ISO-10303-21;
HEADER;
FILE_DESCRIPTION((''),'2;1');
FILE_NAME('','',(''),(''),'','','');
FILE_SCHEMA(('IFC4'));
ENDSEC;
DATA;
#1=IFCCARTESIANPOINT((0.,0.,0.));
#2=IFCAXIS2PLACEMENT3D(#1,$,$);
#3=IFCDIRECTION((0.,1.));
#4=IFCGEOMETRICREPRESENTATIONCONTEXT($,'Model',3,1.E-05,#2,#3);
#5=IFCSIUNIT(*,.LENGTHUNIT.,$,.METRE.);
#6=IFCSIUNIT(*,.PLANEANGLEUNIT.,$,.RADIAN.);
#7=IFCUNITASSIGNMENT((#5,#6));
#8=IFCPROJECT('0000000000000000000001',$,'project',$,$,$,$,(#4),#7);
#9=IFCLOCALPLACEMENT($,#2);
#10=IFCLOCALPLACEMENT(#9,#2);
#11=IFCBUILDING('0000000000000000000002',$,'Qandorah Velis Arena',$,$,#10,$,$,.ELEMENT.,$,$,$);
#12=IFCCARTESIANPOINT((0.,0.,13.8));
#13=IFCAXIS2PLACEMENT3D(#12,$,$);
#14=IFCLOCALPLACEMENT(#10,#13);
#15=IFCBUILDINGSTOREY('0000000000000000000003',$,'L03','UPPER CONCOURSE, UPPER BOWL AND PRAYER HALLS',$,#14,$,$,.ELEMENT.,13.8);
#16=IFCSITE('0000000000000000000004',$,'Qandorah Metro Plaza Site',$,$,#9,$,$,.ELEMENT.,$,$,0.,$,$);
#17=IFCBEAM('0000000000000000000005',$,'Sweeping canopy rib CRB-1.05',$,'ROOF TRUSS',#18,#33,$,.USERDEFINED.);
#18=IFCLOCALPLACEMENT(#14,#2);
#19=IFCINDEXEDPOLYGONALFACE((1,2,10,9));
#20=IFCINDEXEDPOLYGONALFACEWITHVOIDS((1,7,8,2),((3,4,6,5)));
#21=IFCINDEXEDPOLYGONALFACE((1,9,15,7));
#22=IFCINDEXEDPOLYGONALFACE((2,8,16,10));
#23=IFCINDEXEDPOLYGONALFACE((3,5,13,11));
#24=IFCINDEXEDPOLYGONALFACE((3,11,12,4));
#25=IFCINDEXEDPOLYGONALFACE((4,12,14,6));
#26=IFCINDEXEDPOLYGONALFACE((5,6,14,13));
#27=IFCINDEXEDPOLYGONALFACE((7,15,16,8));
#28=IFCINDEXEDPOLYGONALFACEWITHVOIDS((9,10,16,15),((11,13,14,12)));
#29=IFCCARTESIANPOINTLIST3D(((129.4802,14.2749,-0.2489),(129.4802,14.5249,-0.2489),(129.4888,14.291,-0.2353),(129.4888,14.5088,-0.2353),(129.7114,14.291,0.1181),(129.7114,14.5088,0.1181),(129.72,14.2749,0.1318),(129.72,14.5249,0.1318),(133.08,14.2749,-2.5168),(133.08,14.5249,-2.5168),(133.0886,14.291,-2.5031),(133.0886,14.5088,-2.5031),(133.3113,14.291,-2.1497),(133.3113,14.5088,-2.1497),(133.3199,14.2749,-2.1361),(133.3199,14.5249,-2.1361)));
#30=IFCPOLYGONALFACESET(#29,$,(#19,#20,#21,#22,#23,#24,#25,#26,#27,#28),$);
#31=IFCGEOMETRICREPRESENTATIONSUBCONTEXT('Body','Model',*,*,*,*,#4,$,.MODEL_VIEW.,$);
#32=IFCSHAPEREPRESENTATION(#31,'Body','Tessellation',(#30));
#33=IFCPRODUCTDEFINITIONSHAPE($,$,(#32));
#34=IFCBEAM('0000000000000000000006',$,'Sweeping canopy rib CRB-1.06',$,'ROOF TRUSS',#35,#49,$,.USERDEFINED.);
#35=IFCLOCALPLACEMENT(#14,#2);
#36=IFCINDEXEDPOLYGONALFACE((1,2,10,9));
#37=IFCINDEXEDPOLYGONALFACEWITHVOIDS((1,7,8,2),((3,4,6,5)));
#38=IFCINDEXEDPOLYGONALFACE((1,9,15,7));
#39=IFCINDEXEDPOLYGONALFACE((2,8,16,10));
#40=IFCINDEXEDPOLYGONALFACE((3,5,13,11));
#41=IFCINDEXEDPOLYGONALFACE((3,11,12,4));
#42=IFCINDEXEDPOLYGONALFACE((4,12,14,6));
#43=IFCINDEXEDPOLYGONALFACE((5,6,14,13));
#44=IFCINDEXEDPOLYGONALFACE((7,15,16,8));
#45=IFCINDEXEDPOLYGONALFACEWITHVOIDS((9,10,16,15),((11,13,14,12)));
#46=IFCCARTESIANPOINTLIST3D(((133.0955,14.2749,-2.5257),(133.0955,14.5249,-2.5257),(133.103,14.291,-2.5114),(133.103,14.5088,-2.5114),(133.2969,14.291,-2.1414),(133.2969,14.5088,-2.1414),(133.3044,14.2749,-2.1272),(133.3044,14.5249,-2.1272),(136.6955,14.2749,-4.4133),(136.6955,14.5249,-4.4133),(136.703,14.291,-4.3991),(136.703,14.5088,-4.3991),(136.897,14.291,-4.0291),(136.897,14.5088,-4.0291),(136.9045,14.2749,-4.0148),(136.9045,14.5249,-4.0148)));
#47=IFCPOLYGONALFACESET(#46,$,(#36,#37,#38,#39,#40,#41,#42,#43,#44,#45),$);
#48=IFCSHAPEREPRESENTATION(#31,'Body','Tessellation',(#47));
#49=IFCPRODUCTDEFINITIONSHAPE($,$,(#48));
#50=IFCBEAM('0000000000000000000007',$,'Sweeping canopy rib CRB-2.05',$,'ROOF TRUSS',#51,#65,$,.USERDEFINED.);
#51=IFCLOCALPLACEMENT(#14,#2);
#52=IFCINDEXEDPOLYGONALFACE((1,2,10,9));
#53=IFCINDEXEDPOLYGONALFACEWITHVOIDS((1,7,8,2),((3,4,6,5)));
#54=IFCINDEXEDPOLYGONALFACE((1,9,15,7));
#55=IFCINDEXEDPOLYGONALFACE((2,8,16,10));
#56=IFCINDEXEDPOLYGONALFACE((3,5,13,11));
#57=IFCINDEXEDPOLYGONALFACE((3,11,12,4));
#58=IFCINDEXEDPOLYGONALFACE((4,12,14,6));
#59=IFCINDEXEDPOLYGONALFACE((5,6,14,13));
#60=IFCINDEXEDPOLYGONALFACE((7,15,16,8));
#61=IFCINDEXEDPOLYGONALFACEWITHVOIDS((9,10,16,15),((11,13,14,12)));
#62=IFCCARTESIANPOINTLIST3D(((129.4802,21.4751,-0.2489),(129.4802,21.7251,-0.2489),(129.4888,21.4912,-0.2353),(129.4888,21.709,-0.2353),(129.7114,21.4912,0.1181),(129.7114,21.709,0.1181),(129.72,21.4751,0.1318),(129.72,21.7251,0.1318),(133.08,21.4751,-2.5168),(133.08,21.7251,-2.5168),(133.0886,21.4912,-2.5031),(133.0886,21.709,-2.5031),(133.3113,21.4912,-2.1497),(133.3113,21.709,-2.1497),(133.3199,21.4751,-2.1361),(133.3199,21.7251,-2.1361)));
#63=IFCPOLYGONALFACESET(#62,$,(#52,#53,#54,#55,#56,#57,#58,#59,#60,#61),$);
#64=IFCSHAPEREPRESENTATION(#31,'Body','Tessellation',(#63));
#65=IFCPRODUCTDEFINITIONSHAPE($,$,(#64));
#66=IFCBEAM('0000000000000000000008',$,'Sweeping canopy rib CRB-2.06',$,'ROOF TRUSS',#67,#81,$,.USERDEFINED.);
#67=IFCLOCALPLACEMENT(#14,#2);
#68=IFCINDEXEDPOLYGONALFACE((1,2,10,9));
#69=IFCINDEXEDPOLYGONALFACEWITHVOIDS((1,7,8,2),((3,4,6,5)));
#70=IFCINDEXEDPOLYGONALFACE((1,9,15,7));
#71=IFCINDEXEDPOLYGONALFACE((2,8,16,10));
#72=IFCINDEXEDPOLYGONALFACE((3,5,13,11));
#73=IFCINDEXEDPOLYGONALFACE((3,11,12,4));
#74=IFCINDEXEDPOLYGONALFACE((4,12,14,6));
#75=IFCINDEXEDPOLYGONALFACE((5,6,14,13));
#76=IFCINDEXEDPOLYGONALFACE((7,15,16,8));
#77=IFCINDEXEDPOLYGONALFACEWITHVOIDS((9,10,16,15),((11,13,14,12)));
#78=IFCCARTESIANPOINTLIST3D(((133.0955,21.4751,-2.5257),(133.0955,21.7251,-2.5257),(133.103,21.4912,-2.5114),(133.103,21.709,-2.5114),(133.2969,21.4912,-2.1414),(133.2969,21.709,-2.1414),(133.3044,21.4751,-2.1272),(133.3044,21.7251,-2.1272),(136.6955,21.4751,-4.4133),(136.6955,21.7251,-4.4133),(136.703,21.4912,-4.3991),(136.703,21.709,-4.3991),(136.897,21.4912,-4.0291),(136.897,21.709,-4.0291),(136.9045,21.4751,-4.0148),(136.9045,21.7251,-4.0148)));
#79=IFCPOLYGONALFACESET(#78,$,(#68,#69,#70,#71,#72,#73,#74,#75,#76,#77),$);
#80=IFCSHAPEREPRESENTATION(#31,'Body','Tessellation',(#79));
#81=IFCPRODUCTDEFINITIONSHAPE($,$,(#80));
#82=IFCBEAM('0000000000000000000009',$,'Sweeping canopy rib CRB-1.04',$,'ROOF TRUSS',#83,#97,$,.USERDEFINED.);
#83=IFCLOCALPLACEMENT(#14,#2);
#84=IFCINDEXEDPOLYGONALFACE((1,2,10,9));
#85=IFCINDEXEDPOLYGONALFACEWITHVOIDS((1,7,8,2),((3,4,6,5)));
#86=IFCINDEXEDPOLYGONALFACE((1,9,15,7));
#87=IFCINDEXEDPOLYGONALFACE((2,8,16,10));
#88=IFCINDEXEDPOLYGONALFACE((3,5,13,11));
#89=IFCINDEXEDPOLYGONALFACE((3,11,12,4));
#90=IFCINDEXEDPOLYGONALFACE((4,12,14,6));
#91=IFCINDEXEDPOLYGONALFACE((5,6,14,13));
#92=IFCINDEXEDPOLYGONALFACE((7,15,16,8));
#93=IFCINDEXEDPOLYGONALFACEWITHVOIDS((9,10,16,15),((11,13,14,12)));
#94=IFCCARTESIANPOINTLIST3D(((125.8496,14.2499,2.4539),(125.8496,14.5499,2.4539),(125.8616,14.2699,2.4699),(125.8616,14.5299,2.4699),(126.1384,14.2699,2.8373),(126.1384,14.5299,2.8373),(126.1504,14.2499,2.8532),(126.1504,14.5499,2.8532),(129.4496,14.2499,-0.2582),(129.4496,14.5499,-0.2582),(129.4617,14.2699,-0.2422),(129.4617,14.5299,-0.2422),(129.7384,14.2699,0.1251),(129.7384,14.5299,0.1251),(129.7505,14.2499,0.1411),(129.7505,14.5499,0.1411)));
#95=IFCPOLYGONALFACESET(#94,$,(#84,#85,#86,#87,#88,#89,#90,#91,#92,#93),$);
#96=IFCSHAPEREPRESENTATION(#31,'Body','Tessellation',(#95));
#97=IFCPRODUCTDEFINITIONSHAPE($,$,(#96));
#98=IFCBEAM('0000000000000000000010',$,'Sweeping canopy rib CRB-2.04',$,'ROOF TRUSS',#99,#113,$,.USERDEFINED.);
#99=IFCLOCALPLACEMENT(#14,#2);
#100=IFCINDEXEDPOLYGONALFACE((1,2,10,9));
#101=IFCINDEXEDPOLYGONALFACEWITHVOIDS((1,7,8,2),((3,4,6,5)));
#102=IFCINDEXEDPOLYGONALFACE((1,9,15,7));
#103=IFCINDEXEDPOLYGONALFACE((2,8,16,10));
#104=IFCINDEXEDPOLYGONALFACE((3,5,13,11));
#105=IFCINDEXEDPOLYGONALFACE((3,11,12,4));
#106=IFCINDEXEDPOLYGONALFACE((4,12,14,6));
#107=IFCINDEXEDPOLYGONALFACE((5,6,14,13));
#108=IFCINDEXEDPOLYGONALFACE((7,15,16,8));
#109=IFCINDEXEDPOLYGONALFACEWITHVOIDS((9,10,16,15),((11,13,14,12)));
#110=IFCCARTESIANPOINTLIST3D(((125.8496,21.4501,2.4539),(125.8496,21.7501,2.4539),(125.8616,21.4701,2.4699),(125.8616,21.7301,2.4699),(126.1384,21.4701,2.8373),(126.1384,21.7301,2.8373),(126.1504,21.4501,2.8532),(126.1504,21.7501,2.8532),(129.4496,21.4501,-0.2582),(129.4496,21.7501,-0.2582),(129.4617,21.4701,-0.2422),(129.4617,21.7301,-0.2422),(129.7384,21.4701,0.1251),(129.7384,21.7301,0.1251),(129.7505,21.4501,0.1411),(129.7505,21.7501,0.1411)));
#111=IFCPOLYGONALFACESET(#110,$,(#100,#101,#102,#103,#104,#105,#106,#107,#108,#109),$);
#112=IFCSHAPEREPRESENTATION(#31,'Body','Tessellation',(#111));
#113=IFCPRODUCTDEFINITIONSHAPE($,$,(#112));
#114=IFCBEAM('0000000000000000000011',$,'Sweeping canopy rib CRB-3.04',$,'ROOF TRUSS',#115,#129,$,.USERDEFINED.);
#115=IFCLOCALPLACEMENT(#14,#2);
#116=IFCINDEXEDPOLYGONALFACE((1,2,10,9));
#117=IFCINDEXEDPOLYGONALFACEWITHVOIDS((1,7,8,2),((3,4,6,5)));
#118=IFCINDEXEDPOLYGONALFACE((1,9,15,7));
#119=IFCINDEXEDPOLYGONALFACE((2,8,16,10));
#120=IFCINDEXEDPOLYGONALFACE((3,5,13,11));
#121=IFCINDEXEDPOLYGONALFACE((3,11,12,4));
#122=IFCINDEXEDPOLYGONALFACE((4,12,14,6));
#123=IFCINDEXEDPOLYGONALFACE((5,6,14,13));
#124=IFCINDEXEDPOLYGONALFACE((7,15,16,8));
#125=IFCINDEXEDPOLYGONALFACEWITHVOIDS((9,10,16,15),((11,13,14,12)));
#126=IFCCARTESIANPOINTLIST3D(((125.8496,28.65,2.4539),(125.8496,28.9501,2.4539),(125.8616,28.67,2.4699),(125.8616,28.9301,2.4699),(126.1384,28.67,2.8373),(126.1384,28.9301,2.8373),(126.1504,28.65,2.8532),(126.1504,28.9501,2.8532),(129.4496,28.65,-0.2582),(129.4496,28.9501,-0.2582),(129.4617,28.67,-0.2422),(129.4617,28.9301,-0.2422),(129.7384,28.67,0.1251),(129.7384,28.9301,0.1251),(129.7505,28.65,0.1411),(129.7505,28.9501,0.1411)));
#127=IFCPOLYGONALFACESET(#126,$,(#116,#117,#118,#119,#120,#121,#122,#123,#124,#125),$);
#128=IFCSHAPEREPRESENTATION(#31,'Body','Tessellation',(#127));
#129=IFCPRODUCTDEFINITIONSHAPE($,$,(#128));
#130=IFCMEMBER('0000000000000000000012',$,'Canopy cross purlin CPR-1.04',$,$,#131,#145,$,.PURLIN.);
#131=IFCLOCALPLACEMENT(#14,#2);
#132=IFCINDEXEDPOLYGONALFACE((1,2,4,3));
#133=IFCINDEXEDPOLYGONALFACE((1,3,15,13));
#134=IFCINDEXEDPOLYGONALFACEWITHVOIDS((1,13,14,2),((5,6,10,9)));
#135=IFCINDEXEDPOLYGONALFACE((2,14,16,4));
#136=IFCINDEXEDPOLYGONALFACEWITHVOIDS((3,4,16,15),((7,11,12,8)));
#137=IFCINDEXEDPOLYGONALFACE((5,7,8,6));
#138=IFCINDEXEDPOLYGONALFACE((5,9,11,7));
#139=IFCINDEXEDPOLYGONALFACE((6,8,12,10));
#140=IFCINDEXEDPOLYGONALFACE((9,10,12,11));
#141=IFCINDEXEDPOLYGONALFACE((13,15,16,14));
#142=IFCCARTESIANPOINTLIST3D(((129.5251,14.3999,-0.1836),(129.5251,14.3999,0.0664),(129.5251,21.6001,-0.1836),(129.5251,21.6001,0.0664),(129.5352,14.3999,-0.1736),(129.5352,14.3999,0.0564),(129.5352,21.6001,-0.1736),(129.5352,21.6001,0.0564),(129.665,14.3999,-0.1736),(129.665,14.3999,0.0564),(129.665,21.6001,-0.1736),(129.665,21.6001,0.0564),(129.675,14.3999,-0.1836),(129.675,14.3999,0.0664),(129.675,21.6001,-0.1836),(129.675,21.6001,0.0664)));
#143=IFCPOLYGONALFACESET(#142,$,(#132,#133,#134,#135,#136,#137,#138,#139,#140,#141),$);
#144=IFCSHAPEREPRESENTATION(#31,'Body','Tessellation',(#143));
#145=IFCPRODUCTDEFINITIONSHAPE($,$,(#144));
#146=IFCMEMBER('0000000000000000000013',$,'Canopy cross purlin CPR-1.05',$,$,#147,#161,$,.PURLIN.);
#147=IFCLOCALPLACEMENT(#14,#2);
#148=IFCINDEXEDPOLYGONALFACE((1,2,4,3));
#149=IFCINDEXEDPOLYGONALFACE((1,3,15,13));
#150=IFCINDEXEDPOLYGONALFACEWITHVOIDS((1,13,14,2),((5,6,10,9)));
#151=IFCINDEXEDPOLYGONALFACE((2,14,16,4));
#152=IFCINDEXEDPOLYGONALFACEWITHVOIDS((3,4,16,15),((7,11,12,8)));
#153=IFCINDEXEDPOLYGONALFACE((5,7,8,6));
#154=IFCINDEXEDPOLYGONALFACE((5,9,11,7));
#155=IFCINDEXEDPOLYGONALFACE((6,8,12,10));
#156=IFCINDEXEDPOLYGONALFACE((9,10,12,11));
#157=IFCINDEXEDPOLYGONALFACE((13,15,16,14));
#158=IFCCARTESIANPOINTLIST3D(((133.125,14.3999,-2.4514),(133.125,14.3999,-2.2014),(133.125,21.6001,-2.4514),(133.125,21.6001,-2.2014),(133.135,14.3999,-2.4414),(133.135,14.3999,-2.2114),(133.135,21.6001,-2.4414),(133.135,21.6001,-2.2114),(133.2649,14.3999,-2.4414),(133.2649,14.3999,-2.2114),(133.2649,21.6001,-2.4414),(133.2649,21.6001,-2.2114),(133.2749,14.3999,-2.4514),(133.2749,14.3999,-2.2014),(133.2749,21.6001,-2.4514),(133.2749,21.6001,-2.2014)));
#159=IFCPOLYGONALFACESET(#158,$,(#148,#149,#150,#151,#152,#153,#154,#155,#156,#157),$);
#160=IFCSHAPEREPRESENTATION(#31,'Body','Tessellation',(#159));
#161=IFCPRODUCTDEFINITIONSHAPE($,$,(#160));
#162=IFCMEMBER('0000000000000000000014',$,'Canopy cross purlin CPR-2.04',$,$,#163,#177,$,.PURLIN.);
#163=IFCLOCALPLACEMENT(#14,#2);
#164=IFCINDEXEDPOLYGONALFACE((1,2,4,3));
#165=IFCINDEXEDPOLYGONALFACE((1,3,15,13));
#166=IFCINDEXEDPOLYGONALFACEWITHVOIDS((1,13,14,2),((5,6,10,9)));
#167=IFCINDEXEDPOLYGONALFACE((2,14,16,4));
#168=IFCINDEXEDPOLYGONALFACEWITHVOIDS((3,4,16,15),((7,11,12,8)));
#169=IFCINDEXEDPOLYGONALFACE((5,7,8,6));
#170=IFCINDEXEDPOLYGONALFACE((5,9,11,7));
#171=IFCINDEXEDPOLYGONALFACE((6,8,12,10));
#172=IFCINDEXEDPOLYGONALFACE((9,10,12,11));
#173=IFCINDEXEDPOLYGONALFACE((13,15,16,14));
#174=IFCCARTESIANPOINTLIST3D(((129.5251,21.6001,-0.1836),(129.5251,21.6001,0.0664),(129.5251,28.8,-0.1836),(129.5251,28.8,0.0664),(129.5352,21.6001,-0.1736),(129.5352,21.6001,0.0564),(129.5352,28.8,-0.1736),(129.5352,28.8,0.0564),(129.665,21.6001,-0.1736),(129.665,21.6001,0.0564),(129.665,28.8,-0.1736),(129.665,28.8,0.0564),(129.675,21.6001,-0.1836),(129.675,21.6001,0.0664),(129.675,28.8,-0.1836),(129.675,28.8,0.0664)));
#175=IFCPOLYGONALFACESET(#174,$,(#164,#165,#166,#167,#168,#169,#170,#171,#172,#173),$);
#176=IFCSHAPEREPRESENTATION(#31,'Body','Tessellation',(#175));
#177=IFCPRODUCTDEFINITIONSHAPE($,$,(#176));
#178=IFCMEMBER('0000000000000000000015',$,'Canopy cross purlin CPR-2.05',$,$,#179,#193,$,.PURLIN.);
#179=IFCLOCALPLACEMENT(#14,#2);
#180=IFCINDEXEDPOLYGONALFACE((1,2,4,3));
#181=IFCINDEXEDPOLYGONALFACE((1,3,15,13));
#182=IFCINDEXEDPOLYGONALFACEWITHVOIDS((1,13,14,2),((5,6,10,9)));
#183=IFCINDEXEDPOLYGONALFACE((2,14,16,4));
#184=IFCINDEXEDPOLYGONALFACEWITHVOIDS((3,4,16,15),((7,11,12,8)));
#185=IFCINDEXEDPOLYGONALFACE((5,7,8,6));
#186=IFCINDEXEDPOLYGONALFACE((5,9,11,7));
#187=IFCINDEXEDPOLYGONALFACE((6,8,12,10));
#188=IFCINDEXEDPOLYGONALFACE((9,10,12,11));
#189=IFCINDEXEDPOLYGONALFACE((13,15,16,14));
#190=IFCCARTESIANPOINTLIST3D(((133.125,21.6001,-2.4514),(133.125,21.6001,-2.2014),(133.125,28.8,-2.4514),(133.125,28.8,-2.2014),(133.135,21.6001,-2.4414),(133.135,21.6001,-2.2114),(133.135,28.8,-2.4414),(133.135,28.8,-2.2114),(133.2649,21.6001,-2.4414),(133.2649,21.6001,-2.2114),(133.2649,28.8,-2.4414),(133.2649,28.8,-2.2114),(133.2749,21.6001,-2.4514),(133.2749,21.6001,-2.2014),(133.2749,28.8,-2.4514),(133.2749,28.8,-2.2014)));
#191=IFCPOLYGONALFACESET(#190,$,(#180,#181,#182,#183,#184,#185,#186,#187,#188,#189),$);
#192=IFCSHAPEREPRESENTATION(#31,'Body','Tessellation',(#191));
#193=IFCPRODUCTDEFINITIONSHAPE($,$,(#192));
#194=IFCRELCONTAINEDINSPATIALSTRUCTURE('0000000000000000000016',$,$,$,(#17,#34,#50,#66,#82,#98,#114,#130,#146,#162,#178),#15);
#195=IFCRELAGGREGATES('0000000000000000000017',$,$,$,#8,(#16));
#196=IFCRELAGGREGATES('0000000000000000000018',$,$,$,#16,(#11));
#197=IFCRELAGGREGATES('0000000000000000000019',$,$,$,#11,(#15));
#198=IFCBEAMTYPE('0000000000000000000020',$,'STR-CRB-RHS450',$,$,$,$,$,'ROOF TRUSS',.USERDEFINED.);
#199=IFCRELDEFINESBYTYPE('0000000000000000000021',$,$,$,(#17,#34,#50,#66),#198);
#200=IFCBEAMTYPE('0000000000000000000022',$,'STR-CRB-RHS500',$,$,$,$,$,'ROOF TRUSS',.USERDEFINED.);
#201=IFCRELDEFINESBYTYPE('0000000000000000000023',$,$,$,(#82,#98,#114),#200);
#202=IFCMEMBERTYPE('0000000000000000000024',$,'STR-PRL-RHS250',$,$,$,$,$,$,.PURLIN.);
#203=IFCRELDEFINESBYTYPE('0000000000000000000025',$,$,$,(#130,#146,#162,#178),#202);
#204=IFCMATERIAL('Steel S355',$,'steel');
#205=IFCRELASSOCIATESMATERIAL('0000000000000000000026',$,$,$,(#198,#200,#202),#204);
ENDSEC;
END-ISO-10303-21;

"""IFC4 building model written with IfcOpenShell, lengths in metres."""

from ifc_helpers import new_model, si_unit, direction, frame, origin, origin_2d, place, context, subcontext, project, spatial, hollow_rectangle, extrude, material, material_profile, profile_set, type_object, element, save


model = new_model("IFC4")

# Units and contexts
model_context = context("Model", 3, precision=1e-05, world=origin(), true_north=direction((0.0, 1.0)))
body_context = subcontext(model_context, "Body", "Model", "MODEL_VIEW")
ifc_project = project(units=[si_unit("LENGTHUNIT", "METRE"), si_unit("PLANEANGLEUNIT", "RADIAN")], contexts=[model_context])

# Site, building, storey
site_placement = place(None, origin())
site = spatial("IfcSite", under=ifc_project, at=site_placement, Name="Qandorah Metro Plaza Site", CompositionType="ELEMENT", RefElevation=0.0)
building_placement = place(site_placement, origin())
building = spatial("IfcBuilding", under=site, at=building_placement, Name="Qandorah Velis Arena", CompositionType="ELEMENT")
storey_placement = place(building_placement, frame((0.0, 0.0, 13.8)))
storey = spatial("IfcBuildingStorey", under=building, at=storey_placement, Name="L03", Description="UPPER CONCOURSE, UPPER BOWL AND PRAYER HALLS", CompositionType="ELEMENT", Elevation=13.8)

# Beams
ifc_material_1 = material(Name="Steel S355", Category="steel")
ifc_material_profile_1 = material_profile(ifc_material_1, hollow_rectangle(XDim=0.25, YDim=0.45, WallThickness=0.0161, at=origin_2d()), Name="RHS 450x250x16")
ifc_profile_set_1 = profile_set([ifc_material_profile_1], Name="Steel S355")
beam_type_1 = type_object("IfcBeamType", Name="STR-CRB-RHS450", ElementType="ROOF TRUSS", PredefinedType="USERDEFINED", material=ifc_profile_set_1)
beam_1_placement = place(storey_placement, frame((129.6001, 14.3999, -0.0586), z_axis=(0.846101, 0.0, -0.533023), x_axis=(0.0, 1.0, 0.0)))
element("IfcBeam", 1, at=beam_1_placement, inside=storey, type_object=beam_type_1, Name="Sweeping canopy rib CRB-1.05", ObjectType="ROOF TRUSS", PredefinedType="USERDEFINED", context=body_context, shape_type="SweptSolid", body=[
    extrude(hollow_rectangle(XDim=0.25, YDim=0.45, WallThickness=0.0161, at=origin_2d()), origin(), (0.0, 0.0, 1.0), 4.2546),
])
beam_2_placement = place(storey_placement, frame((133.2, 14.3999, -2.3264), z_axis=(0.885636, 0.0, -0.464379), x_axis=(0.0, 1.0, 0.0)))
element("IfcBeam", 2, at=beam_2_placement, inside=storey, type_object=beam_type_1, Name="Sweeping canopy rib CRB-1.06", ObjectType="ROOF TRUSS", PredefinedType="USERDEFINED", context=body_context, shape_type="SweptSolid", body=[
    extrude(hollow_rectangle(XDim=0.25, YDim=0.45, WallThickness=0.0161, at=origin_2d()), origin(), (0.0, 0.0, 1.0), 4.0649),
])
beam_3_placement = place(storey_placement, frame((129.6001, 21.6001, -0.0586), z_axis=(0.846101, 0.0, -0.533023), x_axis=(0.0, 1.0, 0.0)))
element("IfcBeam", 3, at=beam_3_placement, inside=storey, type_object=beam_type_1, Name="Sweeping canopy rib CRB-2.05", ObjectType="ROOF TRUSS", PredefinedType="USERDEFINED", context=body_context, shape_type="SweptSolid", body=[
    extrude(hollow_rectangle(XDim=0.25, YDim=0.45, WallThickness=0.0161, at=origin_2d()), origin(), (0.0, 0.0, 1.0), 4.2546),
])
beam_4_placement = place(storey_placement, frame((133.2, 21.6001, -2.3264), z_axis=(0.885636, 0.0, -0.464379), x_axis=(0.0, 1.0, 0.0)))
element("IfcBeam", 4, at=beam_4_placement, inside=storey, type_object=beam_type_1, Name="Sweeping canopy rib CRB-2.06", ObjectType="ROOF TRUSS", PredefinedType="USERDEFINED", context=body_context, shape_type="SweptSolid", body=[
    extrude(hollow_rectangle(XDim=0.25, YDim=0.45, WallThickness=0.0161, at=origin_2d()), origin(), (0.0, 0.0, 1.0), 4.0649),
])
ifc_material_profile_2 = material_profile(ifc_material_1, hollow_rectangle(XDim=0.3, YDim=0.5, WallThickness=0.02, at=origin_2d()), Name="RHS 500x300x20")
ifc_profile_set_2 = profile_set([ifc_material_profile_2], Name="Steel S355")
beam_type_2 = type_object("IfcBeamType", Name="STR-CRB-RHS500", ElementType="ROOF TRUSS", PredefinedType="USERDEFINED", material=ifc_profile_set_2)
for number, where, z_axis, x_axis, name in (
    (5, (126.0, 14.3999, 2.6536), (0.798711, 0.0, -0.601715), (0.0, 1.0, 0.0), "Sweeping canopy rib CRB-1.04"),
    (6, (126.0, 21.6001, 2.6536), (0.798711, 0.0, -0.601715), (0.0, 1.0, 0.0), "Sweeping canopy rib CRB-2.04"),
    (7, (126.0, 28.8, 2.6536), (0.798711, 0.0, -0.601715), (0.0, 1.0, 0.0), "Sweeping canopy rib CRB-3.04"),
):
    element("IfcBeam", number, at=place(storey_placement, frame(where, z_axis=z_axis, x_axis=x_axis)), inside=storey, type_object=beam_type_2, Name=name, ObjectType="ROOF TRUSS", PredefinedType="USERDEFINED", context=body_context, shape_type="SweptSolid", body=[
        extrude(hollow_rectangle(XDim=0.3, YDim=0.5, WallThickness=0.02, at=origin_2d()), origin(), (0.0, 0.0, 1.0), 4.5073),
    ])

# Members
ifc_material_profile_3 = material_profile(ifc_material_1, hollow_rectangle(XDim=0.1499, YDim=0.25, WallThickness=0.01, at=origin_2d()), Name="RHS 250x150x10")
ifc_profile_set_3 = profile_set([ifc_material_profile_3], Name="Steel S355")
member_type_1 = type_object("IfcMemberType", Name="STR-PRL-RHS250", PredefinedType="PURLIN", material=ifc_profile_set_3)
for number, where, z_axis, x_axis, name in (
    (8, (129.6001, 14.3999, -0.0586), (0.0, 1.0, 0.0), (-1.0, 0.0, 0.0), "Canopy cross purlin CPR-1.04"),
    (9, (133.2, 14.3999, -2.3264), (0.0, 1.0, 0.0), (-1.0, 0.0, 0.0), "Canopy cross purlin CPR-1.05"),
):
    element("IfcMember", number, at=place(storey_placement, frame(where, z_axis=z_axis, x_axis=x_axis)), inside=storey, type_object=member_type_1, Name=name, PredefinedType="PURLIN", context=body_context, shape_type="SweptSolid", body=[
        extrude(hollow_rectangle(XDim=0.1499, YDim=0.25, WallThickness=0.01, at=origin_2d()), origin(), (0.0, 0.0, 1.0), 7.2002),
    ])
for number, where, z_axis, x_axis, name in (
    (10, (129.6001, 21.6001, -0.0586), (0.0, 1.0, 0.0), (-1.0, 0.0, 0.0), "Canopy cross purlin CPR-2.04"),
    (11, (133.2, 21.6001, -2.3264), (0.0, 1.0, 0.0), (-1.0, 0.0, 0.0), "Canopy cross purlin CPR-2.05"),
):
    element("IfcMember", number, at=place(storey_placement, frame(where, z_axis=z_axis, x_axis=x_axis)), inside=storey, type_object=member_type_1, Name=name, PredefinedType="PURLIN", context=body_context, shape_type="SweptSolid", body=[
        extrude(hollow_rectangle(XDim=0.1499, YDim=0.25, WallThickness=0.01, at=origin_2d()), origin(), (0.0, 0.0, 1.0), 7.2),
    ])

save(model, "model.ifc")
